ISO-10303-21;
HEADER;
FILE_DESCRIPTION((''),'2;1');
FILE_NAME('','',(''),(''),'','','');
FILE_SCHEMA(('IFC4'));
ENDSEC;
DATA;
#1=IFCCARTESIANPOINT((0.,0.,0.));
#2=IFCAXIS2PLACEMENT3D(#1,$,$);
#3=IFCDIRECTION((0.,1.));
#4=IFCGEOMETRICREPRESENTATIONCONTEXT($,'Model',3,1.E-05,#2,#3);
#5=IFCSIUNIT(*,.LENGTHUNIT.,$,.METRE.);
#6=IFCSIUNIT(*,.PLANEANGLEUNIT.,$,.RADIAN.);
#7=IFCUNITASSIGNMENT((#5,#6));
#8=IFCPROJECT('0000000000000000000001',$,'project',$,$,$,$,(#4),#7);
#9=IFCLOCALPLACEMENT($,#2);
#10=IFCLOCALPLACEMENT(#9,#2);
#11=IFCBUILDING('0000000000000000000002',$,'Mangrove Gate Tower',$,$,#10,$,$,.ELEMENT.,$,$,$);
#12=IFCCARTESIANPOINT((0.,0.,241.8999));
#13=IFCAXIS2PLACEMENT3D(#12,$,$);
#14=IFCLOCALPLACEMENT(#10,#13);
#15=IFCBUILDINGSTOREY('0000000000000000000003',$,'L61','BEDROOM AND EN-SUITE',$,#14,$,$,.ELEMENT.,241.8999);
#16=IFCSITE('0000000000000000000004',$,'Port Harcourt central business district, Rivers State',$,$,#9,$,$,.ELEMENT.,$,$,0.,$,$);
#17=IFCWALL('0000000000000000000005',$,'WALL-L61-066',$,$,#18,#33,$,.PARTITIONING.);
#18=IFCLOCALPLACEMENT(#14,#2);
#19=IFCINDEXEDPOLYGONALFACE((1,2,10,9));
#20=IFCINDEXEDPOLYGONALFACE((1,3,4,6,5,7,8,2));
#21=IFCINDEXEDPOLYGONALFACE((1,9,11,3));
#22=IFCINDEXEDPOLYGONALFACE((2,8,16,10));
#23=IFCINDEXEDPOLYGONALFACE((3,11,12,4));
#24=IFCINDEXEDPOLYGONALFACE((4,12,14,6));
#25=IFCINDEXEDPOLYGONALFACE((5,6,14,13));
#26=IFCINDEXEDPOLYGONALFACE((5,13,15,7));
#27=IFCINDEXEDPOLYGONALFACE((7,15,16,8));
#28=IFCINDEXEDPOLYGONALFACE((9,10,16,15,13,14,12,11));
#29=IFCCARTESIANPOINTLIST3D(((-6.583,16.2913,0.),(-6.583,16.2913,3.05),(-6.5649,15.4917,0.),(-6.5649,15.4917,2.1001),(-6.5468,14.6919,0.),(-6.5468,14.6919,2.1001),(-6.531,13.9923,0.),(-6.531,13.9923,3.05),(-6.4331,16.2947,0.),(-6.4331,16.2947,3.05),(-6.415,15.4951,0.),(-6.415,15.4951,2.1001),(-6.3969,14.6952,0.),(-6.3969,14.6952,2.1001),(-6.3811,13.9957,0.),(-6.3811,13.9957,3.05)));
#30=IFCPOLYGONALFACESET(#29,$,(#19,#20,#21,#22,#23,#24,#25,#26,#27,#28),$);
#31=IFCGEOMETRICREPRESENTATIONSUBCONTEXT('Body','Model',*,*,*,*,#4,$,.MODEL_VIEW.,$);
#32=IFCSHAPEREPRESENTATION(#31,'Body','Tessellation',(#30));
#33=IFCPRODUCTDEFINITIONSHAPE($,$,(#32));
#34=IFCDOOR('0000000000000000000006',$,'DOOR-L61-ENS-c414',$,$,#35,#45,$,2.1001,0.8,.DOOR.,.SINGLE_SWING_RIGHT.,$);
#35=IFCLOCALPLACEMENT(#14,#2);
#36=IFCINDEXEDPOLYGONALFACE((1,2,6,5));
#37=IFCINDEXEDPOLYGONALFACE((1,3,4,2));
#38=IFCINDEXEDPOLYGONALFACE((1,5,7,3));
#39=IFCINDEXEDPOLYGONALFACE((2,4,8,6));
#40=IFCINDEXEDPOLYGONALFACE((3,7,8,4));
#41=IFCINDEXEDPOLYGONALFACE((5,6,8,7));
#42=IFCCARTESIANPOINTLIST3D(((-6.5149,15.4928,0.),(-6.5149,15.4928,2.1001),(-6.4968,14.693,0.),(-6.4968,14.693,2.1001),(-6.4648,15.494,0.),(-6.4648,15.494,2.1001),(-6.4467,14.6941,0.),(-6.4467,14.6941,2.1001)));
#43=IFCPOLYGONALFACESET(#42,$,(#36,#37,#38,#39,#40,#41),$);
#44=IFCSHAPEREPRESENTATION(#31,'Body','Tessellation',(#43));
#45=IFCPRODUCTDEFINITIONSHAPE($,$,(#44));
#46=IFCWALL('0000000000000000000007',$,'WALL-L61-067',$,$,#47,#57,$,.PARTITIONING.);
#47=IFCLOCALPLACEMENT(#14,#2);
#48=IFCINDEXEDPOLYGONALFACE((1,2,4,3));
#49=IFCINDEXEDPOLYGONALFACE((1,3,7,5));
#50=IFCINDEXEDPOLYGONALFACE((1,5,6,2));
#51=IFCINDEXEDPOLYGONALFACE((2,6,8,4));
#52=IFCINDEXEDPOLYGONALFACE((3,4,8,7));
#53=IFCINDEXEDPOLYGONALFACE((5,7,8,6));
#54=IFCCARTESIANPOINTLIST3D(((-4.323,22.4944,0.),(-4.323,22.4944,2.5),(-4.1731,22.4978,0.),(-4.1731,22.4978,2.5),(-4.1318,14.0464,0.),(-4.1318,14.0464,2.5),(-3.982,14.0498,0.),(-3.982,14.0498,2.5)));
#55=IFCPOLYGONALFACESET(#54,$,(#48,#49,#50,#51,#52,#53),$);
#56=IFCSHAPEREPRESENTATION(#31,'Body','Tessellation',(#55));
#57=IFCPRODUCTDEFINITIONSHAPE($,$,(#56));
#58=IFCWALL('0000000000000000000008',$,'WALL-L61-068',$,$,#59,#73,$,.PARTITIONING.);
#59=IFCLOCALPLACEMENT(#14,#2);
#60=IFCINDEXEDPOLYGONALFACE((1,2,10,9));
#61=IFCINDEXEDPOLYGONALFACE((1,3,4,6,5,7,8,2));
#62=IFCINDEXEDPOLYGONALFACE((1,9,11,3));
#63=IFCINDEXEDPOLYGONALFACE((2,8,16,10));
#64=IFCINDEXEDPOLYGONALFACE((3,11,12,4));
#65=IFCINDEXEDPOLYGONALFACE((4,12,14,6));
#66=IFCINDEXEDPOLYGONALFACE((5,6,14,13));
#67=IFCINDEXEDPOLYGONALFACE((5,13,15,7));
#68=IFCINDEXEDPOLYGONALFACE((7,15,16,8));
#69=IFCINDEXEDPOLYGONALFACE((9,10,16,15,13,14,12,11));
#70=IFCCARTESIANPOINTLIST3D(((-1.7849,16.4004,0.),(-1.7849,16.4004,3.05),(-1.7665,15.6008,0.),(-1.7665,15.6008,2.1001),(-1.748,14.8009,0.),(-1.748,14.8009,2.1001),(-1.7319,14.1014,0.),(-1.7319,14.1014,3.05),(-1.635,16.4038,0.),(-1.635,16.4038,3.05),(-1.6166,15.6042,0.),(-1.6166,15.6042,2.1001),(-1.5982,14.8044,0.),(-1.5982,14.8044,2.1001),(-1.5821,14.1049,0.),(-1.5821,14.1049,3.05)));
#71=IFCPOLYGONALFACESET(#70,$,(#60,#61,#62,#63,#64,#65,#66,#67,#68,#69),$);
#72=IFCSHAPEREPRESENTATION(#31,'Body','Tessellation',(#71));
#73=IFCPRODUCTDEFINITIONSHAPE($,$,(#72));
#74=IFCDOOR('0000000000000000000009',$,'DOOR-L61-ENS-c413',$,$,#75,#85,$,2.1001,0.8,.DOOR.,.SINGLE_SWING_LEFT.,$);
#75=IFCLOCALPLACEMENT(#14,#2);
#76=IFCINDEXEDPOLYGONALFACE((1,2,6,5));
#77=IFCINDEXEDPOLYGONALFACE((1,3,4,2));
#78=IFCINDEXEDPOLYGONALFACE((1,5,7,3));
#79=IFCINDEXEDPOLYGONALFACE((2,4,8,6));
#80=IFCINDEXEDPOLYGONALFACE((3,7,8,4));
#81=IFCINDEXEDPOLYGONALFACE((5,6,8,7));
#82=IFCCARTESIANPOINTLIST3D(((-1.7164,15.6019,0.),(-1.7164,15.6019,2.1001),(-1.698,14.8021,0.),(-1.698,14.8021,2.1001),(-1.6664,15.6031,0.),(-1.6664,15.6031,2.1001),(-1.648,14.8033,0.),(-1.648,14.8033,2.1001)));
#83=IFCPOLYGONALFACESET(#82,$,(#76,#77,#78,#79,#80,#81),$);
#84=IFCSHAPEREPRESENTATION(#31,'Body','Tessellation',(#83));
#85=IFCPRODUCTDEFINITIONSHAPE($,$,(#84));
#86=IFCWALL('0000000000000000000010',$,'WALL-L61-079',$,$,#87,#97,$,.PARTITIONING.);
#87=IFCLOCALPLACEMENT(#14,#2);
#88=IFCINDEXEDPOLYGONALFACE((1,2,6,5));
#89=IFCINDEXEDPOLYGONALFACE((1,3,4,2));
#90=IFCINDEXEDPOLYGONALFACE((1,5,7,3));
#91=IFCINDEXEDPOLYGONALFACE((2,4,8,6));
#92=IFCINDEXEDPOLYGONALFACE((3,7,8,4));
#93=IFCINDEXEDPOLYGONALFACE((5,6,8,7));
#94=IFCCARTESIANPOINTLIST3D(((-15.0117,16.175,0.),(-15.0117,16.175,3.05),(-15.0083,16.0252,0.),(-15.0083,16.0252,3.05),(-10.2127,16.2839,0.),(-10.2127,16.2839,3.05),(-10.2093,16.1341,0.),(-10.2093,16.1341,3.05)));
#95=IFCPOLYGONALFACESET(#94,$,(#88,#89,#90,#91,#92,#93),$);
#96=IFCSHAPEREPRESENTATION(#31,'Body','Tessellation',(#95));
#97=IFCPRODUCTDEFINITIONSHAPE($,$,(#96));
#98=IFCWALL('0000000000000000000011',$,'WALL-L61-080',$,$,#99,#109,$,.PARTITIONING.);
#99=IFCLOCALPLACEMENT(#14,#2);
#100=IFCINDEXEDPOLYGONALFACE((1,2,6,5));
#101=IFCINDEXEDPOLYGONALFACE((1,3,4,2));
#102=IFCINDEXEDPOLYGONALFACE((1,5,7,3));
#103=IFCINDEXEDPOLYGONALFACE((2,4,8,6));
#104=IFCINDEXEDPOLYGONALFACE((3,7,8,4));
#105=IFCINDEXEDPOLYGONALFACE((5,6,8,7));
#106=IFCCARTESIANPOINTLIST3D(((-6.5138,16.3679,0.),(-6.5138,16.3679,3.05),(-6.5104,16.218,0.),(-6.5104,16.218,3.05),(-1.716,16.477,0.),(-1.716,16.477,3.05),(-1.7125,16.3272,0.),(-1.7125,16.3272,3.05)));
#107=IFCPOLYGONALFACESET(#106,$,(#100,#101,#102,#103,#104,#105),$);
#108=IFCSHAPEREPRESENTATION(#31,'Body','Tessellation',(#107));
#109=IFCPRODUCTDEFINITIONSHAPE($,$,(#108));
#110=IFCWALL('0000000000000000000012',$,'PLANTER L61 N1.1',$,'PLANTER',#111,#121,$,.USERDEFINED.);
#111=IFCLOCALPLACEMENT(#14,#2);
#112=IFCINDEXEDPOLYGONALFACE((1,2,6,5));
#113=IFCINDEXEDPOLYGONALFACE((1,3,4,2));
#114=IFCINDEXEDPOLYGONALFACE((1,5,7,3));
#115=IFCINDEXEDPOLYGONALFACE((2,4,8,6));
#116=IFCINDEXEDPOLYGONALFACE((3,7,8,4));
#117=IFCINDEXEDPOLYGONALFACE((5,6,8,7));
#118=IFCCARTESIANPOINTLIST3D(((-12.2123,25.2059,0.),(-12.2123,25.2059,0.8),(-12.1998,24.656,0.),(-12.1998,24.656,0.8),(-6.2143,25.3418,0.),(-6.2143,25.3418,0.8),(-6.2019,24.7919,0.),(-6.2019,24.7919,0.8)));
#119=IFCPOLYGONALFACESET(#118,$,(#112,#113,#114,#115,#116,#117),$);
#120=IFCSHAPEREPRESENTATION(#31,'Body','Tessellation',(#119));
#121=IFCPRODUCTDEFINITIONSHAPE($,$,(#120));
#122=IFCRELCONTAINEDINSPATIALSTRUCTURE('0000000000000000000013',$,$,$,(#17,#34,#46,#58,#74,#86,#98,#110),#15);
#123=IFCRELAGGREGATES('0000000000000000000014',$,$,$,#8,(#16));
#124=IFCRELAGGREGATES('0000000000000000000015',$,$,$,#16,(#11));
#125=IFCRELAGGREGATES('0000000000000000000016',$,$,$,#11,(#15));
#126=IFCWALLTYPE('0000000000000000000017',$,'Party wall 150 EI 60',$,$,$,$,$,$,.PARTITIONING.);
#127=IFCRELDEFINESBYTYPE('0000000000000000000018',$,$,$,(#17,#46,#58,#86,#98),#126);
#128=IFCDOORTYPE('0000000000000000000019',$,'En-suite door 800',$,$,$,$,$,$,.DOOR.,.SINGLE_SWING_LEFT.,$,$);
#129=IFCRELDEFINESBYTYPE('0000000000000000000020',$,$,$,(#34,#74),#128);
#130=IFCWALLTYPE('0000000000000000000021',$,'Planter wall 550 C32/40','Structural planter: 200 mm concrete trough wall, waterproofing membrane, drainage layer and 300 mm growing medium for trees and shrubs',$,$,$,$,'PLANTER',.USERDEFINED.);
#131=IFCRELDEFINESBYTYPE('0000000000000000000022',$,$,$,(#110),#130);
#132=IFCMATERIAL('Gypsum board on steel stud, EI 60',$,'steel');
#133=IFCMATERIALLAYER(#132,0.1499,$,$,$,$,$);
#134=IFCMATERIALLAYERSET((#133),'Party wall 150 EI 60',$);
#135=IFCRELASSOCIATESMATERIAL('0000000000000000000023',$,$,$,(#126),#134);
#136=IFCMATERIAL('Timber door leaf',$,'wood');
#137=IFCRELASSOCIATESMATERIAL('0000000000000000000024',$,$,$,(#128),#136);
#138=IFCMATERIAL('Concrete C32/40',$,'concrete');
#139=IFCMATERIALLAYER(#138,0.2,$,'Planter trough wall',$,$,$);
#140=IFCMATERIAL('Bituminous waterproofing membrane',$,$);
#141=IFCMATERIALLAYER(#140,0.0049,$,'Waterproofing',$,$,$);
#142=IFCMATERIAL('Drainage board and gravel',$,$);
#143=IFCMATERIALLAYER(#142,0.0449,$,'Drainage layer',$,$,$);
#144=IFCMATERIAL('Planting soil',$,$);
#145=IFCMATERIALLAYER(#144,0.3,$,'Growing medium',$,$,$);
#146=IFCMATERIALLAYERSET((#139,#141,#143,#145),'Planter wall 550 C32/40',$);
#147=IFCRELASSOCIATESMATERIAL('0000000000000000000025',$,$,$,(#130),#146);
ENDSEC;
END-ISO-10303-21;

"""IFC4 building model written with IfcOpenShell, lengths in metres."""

from ifc_helpers import new_model, si_unit, direction, frame, frame_2d, origin, place, context, subcontext, project, spatial, rectangle, extrude, material, layer, layer_set, type_object, element, fill, save


model = new_model("IFC4")

# Units and contexts
model_context = context("Model", 3, precision=1e-05, world=origin(), true_north=direction((0.0, 1.0)))
body_context = subcontext(model_context, "Body", "Model", "MODEL_VIEW")
ifc_project = project(units=[si_unit("LENGTHUNIT", "METRE"), si_unit("PLANEANGLEUNIT", "RADIAN")], contexts=[model_context])

# Site, building, storey
site_placement = place(None, origin())
site = spatial("IfcSite", under=ifc_project, at=site_placement, Name="Port Harcourt central business district, Rivers State", CompositionType="ELEMENT", RefElevation=0.0)
building_placement = place(site_placement, origin())
building = spatial("IfcBuilding", under=site, at=building_placement, Name="Mangrove Gate Tower", CompositionType="ELEMENT")
storey_placement = place(building_placement, frame((0.0, 0.0, 241.8999)))
storey = spatial("IfcBuildingStorey", under=building, at=storey_placement, Name="L61", Description="BEDROOM AND EN-SUITE", CompositionType="ELEMENT", Elevation=241.8999)

# Shared definitions
ifc_material_1 = material(Name="Gypsum board on steel stud, EI 60", Category="steel")
ifc_layer_1 = layer(ifc_material_1, 0.1499)
ifc_layer_set_1 = layer_set([ifc_layer_1], Name="Party wall 150 EI 60")
wall_type_1 = type_object("IfcWallType", Name="Party wall 150 EI 60", PredefinedType="PARTITIONING", material=ifc_layer_set_1)
ifc_material_2 = material(Name="Timber door leaf", Category="wood")
door_type = type_object("IfcDoorType", Name="En-suite door 800", OperationType="SINGLE_SWING_LEFT", PredefinedType="DOOR", material=ifc_material_2)

# Wall, opening, door
wall_1_placement = place(storey_placement, frame((-6.4561, 13.9939, 0.0), z_axis=(0.0, 0.0, 1.0), x_axis=(-0.022613, 0.999744, 0.0)))
wall_1 = element("IfcWall", 1, at=wall_1_placement, inside=storey, type_object=wall_type_1, Name="WALL-L61-066", PredefinedType="PARTITIONING", context=body_context, shape_type="SweptSolid", body=[
    extrude(rectangle(XDim=2.2996, YDim=0.1499, at=frame_2d((1.1499, 0.0))), origin(), (0.0, 0.0, 1.0), 3.05),
])
opening_1_placement = place(wall_1_placement, frame((0.7, 0.0, 0.0)))
opening_1 = element("IfcOpeningElement", 2, at=opening_1_placement, cuts=wall_1, PredefinedType="OPENING", context=body_context, shape_type="SweptSolid", body=[
    extrude(rectangle(XDim=0.8, YDim=2.1001, at=frame_2d((0.3999, 1.05))), frame((0.0, 0.085, 0.0), z_axis=(0.0, -1.0, 0.0), x_axis=(1.0, 0.0, 0.0)), (0.0, 0.0, 1.0), 0.1699),
])
door_1_placement = place(opening_1_placement, origin())
door_1 = element("IfcDoor", 3, at=door_1_placement, inside=storey, type_object=door_type, Name="DOOR-L61-ENS-c414", OperationType="SINGLE_SWING_RIGHT", OverallHeight=2.1001, OverallWidth=0.8, PredefinedType="DOOR", context=body_context, shape_type="SweptSolid", body=[
    extrude(rectangle(XDim=0.8, YDim=2.1001, at=frame_2d((0.3999, 1.05))), frame((0.0, 0.0249, 0.0), z_axis=(0.0, -1.0, 0.0), x_axis=(1.0, 0.0, 0.0)), (0.0, 0.0, 1.0), 0.05),
])
fill(opening_1, door_1)

# Wall
wall_2_placement = place(storey_placement, frame((-4.0569, 14.0481, 0.0), z_axis=(0.0, 0.0, 1.0), x_axis=(-0.022622, 0.999744, 0.0)))
element("IfcWall", 4, at=wall_2_placement, inside=storey, type_object=wall_type_1, Name="WALL-L61-067", PredefinedType="PARTITIONING", context=body_context, shape_type="SweptSolid", body=[
    extrude(rectangle(XDim=8.4502, YDim=0.1499, at=frame_2d((4.2251, 0.0))), origin(), (0.0, 0.0, 1.0), 2.5),
])

# Wall, opening, door
wall_3_placement = place(storey_placement, frame((-1.657, 14.103, 0.0), z_axis=(0.0, 0.0, 1.0), x_axis=(-0.023037, 0.999735, 0.0)))
wall_3 = element("IfcWall", 5, at=wall_3_placement, inside=storey, type_object=wall_type_1, Name="WALL-L61-068", PredefinedType="PARTITIONING", context=body_context, shape_type="SweptSolid", body=[
    extrude(rectangle(XDim=2.2996, YDim=0.1499, at=frame_2d((1.1499, 0.0))), origin(), (0.0, 0.0, 1.0), 3.05),
])
opening_2_placement = place(wall_3_placement, frame((0.7, 0.0, 0.0)))
opening_2 = element("IfcOpeningElement", 6, at=opening_2_placement, cuts=wall_3, PredefinedType="OPENING", context=body_context, shape_type="SweptSolid", body=[
    extrude(rectangle(XDim=0.8, YDim=2.1001, at=frame_2d((0.3999, 1.05))), frame((0.0, 0.085, 0.0), z_axis=(0.0, -1.0, 0.0), x_axis=(1.0, 0.0, 0.0)), (0.0, 0.0, 1.0), 0.1699),
])
door_2_placement = place(opening_2_placement, origin())
door_2 = element("IfcDoor", 7, at=door_2_placement, inside=storey, type_object=door_type, Name="DOOR-L61-ENS-c413", OperationType="SINGLE_SWING_LEFT", OverallHeight=2.1001, OverallWidth=0.8, PredefinedType="DOOR", context=body_context, shape_type="SweptSolid", body=[
    extrude(rectangle(XDim=0.8, YDim=2.1001, at=frame_2d((0.3999, 1.05))), frame((0.0, 0.0249, 0.0), z_axis=(0.0, -1.0, 0.0), x_axis=(1.0, 0.0, 0.0)), (0.0, 0.0, 1.0), 0.05),
])
fill(opening_2, door_2)

# Walls
wall_4_placement = place(storey_placement, frame((-15.01, 16.1001, 0.0), z_axis=(0.0, 0.0, 1.0), x_axis=(0.999743, 0.022683, 0.0)))
element("IfcWall", 8, at=wall_4_placement, inside=storey, type_object=wall_type_1, Name="WALL-L61-079", PredefinedType="PARTITIONING", context=body_context, shape_type="SweptSolid", body=[
    extrude(rectangle(XDim=4.8003, YDim=0.1499, at=frame_2d((2.4001, 0.0))), origin(), (0.0, 0.0, 1.0), 3.05),
])
wall_5_placement = place(storey_placement, frame((-6.512, 16.293, 0.0), z_axis=(0.0, 0.0, 1.0), x_axis=(0.999741, 0.02274, 0.0)))
element("IfcWall", 9, at=wall_5_placement, inside=storey, type_object=wall_type_1, Name="WALL-L61-080", PredefinedType="PARTITIONING", context=body_context, shape_type="SweptSolid", body=[
    extrude(rectangle(XDim=4.7991, YDim=0.1499, at=frame_2d((2.3994, 0.0))), origin(), (0.0, 0.0, 1.0), 3.05),
])
ifc_material_3 = material(Name="Concrete C32/40", Category="concrete")
ifc_layer_2 = layer(ifc_material_3, 0.2, Name="Planter trough wall")
ifc_material_4 = material(Name="Bituminous waterproofing membrane")
ifc_layer_3 = layer(ifc_material_4, 0.0049, Name="Waterproofing")
ifc_material_5 = material(Name="Drainage board and gravel")
ifc_layer_4 = layer(ifc_material_5, 0.0449, Name="Drainage layer")
ifc_material_6 = material(Name="Planting soil")
ifc_layer_5 = layer(ifc_material_6, 0.3, Name="Growing medium")
ifc_layer_set_2 = layer_set([ifc_layer_2, ifc_layer_3, ifc_layer_4, ifc_layer_5], Name="Planter wall 550 C32/40")
wall_type_2 = type_object("IfcWallType", Name="Planter wall 550 C32/40", Description="Structural planter: 200 mm concrete trough wall, waterproofing membrane, drainage layer and 300 mm growing medium for trees and shrubs", ElementType="PLANTER", PredefinedType="USERDEFINED", material=ifc_layer_set_2)
wall_6_placement = place(storey_placement, frame((-12.2061, 24.9309, 0.0), z_axis=(0.0, 0.0, 1.0), x_axis=(0.999743, 0.022666, 0.0)))
element("IfcWall", 10, at=wall_6_placement, inside=storey, type_object=wall_type_2, Name="PLANTER L61 N1.1", ObjectType="PLANTER", PredefinedType="USERDEFINED", context=body_context, shape_type="SweptSolid", body=[
    extrude(rectangle(XDim=5.9995, YDim=0.55, at=frame_2d((2.9998, 0.0))), origin(), (0.0, 0.0, 1.0), 0.8),
])

save(model, "model.ifc")
